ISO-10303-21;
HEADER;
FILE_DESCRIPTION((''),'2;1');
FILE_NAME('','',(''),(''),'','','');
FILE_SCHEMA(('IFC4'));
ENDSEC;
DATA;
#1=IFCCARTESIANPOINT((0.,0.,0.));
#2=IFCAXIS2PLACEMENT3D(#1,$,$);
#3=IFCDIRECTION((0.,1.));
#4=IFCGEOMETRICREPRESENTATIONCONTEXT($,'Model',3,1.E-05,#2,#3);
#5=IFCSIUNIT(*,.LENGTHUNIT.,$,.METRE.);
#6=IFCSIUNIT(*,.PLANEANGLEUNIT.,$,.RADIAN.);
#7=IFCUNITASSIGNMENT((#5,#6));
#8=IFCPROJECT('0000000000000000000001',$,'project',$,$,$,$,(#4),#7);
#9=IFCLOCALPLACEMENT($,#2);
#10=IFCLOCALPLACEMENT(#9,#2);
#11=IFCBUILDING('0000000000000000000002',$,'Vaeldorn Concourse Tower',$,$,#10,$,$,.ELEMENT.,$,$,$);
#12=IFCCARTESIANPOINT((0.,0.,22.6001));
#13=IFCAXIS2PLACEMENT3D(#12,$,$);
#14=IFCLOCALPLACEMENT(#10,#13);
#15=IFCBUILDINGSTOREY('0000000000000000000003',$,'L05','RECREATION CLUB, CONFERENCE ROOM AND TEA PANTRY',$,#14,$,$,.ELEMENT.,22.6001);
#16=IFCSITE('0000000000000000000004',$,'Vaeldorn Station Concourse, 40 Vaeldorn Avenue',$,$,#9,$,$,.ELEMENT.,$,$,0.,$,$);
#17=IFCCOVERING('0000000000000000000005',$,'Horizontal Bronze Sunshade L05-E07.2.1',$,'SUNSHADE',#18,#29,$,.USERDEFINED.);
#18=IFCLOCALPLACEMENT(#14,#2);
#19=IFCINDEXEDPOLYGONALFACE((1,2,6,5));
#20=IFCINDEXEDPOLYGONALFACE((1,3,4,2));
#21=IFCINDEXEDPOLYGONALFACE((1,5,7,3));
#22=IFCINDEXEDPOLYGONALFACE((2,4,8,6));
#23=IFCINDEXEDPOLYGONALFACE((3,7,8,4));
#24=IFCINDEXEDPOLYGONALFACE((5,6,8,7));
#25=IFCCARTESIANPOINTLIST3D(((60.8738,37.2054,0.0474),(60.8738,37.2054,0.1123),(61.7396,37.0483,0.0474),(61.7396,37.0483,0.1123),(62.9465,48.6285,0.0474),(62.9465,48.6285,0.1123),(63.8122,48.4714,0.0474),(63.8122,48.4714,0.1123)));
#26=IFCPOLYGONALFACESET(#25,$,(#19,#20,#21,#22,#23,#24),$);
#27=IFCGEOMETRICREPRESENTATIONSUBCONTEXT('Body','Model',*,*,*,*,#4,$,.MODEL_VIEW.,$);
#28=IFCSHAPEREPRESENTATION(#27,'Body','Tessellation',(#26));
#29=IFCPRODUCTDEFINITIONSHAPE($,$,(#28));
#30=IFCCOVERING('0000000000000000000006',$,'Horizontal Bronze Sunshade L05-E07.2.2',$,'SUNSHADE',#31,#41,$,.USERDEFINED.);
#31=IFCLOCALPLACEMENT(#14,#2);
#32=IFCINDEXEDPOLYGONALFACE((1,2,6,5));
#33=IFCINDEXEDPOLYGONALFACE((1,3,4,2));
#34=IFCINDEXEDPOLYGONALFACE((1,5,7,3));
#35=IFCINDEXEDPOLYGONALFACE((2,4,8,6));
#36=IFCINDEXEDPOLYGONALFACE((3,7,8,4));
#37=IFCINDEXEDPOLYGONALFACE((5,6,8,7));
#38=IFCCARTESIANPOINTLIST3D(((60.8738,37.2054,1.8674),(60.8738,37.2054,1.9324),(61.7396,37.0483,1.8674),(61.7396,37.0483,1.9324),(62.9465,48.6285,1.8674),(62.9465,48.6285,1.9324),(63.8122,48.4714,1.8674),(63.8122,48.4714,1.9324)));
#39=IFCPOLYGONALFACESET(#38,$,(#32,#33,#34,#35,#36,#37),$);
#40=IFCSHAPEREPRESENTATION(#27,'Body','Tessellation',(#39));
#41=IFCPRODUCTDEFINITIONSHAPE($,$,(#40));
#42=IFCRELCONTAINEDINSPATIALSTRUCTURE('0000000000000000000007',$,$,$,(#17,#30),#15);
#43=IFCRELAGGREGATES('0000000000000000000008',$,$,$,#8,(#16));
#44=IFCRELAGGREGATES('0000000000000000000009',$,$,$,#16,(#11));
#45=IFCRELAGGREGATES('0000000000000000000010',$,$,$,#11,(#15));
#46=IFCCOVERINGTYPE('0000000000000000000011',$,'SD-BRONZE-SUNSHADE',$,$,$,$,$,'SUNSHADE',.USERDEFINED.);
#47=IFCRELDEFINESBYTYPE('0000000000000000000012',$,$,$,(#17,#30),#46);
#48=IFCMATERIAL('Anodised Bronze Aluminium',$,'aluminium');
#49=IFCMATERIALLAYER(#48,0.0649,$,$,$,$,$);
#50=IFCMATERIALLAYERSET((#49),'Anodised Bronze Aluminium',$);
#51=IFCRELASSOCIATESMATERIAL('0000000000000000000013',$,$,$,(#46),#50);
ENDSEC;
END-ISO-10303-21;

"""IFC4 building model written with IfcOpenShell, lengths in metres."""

from ifc_helpers import new_model, si_unit, direction, frame, origin, origin_2d, place, context, subcontext, project, spatial, rectangle, extrude, source, transform, mapped, material, layer, layer_set, type_object, element, save


model = new_model("IFC4")

# Units and contexts
model_context = context("Model", 3, precision=1e-05, world=origin(), true_north=direction((0.0, 1.0)))
body_context = subcontext(model_context, "Body", "Model", "MODEL_VIEW")
ifc_project = project(units=[si_unit("LENGTHUNIT", "METRE"), si_unit("PLANEANGLEUNIT", "RADIAN")], contexts=[model_context])

# Site, building, storey
site_placement = place(None, origin())
site = spatial("IfcSite", under=ifc_project, at=site_placement, Name="Vaeldorn Station Concourse, 40 Vaeldorn Avenue", CompositionType="ELEMENT", RefElevation=0.0)
building_placement = place(site_placement, origin())
building = spatial("IfcBuilding", under=site, at=building_placement, Name="Vaeldorn Concourse Tower", CompositionType="ELEMENT")
storey_placement = place(building_placement, frame((0.0, 0.0, 22.6001)))
storey = spatial("IfcBuildingStorey", under=building, at=storey_placement, Name="L05", Description="RECREATION CLUB, CONFERENCE ROOM AND TEA PANTRY", CompositionType="ELEMENT", Elevation=22.6001)

# Shared definitions
ifc_material_1 = material(Name="Anodised Bronze Aluminium", Category="aluminium")

# Coverings
ifc_layer_1 = layer(ifc_material_1, 0.0649)
ifc_layer_set_1 = layer_set([ifc_layer_1], Name="Anodised Bronze Aluminium")
covering_type = type_object("IfcCoveringType", Name="SD-BRONZE-SUNSHADE", ElementType="SUNSHADE", PredefinedType="USERDEFINED", material=ifc_layer_set_1)
shared_shape_1 = source(origin(), body_context, "Body", "SweptSolid", [
    extrude(rectangle(XDim=11.6096, YDim=0.8799, at=origin_2d()), origin(), (0.0, 0.0, 1.0), 0.0649),
])
for number, where, z_axis, x_axis, name in (
    (1, (62.343, 42.8384, 0.0474), (0.0, 0.0, 1.0), (0.178527, 0.983935, 0.0), "Horizontal Bronze Sunshade L05-E07.2.1"),
    (2, (62.343, 42.8384, 1.8674), (0.0, 0.0, 1.0), (0.178527, 0.983935, 0.0), "Horizontal Bronze Sunshade L05-E07.2.2"),
):
    element("IfcCovering", number, at=place(storey_placement, frame(where, z_axis=z_axis, x_axis=x_axis)), inside=storey, type_object=covering_type, Name=name, ObjectType="SUNSHADE", PredefinedType="USERDEFINED", context=body_context, shape_type="MappedRepresentation", body=[
        mapped(shared_shape_1, transform((0.0, 0.0, 0.0), scale=1.0)),
    ])

save(model, "model.ifc")
